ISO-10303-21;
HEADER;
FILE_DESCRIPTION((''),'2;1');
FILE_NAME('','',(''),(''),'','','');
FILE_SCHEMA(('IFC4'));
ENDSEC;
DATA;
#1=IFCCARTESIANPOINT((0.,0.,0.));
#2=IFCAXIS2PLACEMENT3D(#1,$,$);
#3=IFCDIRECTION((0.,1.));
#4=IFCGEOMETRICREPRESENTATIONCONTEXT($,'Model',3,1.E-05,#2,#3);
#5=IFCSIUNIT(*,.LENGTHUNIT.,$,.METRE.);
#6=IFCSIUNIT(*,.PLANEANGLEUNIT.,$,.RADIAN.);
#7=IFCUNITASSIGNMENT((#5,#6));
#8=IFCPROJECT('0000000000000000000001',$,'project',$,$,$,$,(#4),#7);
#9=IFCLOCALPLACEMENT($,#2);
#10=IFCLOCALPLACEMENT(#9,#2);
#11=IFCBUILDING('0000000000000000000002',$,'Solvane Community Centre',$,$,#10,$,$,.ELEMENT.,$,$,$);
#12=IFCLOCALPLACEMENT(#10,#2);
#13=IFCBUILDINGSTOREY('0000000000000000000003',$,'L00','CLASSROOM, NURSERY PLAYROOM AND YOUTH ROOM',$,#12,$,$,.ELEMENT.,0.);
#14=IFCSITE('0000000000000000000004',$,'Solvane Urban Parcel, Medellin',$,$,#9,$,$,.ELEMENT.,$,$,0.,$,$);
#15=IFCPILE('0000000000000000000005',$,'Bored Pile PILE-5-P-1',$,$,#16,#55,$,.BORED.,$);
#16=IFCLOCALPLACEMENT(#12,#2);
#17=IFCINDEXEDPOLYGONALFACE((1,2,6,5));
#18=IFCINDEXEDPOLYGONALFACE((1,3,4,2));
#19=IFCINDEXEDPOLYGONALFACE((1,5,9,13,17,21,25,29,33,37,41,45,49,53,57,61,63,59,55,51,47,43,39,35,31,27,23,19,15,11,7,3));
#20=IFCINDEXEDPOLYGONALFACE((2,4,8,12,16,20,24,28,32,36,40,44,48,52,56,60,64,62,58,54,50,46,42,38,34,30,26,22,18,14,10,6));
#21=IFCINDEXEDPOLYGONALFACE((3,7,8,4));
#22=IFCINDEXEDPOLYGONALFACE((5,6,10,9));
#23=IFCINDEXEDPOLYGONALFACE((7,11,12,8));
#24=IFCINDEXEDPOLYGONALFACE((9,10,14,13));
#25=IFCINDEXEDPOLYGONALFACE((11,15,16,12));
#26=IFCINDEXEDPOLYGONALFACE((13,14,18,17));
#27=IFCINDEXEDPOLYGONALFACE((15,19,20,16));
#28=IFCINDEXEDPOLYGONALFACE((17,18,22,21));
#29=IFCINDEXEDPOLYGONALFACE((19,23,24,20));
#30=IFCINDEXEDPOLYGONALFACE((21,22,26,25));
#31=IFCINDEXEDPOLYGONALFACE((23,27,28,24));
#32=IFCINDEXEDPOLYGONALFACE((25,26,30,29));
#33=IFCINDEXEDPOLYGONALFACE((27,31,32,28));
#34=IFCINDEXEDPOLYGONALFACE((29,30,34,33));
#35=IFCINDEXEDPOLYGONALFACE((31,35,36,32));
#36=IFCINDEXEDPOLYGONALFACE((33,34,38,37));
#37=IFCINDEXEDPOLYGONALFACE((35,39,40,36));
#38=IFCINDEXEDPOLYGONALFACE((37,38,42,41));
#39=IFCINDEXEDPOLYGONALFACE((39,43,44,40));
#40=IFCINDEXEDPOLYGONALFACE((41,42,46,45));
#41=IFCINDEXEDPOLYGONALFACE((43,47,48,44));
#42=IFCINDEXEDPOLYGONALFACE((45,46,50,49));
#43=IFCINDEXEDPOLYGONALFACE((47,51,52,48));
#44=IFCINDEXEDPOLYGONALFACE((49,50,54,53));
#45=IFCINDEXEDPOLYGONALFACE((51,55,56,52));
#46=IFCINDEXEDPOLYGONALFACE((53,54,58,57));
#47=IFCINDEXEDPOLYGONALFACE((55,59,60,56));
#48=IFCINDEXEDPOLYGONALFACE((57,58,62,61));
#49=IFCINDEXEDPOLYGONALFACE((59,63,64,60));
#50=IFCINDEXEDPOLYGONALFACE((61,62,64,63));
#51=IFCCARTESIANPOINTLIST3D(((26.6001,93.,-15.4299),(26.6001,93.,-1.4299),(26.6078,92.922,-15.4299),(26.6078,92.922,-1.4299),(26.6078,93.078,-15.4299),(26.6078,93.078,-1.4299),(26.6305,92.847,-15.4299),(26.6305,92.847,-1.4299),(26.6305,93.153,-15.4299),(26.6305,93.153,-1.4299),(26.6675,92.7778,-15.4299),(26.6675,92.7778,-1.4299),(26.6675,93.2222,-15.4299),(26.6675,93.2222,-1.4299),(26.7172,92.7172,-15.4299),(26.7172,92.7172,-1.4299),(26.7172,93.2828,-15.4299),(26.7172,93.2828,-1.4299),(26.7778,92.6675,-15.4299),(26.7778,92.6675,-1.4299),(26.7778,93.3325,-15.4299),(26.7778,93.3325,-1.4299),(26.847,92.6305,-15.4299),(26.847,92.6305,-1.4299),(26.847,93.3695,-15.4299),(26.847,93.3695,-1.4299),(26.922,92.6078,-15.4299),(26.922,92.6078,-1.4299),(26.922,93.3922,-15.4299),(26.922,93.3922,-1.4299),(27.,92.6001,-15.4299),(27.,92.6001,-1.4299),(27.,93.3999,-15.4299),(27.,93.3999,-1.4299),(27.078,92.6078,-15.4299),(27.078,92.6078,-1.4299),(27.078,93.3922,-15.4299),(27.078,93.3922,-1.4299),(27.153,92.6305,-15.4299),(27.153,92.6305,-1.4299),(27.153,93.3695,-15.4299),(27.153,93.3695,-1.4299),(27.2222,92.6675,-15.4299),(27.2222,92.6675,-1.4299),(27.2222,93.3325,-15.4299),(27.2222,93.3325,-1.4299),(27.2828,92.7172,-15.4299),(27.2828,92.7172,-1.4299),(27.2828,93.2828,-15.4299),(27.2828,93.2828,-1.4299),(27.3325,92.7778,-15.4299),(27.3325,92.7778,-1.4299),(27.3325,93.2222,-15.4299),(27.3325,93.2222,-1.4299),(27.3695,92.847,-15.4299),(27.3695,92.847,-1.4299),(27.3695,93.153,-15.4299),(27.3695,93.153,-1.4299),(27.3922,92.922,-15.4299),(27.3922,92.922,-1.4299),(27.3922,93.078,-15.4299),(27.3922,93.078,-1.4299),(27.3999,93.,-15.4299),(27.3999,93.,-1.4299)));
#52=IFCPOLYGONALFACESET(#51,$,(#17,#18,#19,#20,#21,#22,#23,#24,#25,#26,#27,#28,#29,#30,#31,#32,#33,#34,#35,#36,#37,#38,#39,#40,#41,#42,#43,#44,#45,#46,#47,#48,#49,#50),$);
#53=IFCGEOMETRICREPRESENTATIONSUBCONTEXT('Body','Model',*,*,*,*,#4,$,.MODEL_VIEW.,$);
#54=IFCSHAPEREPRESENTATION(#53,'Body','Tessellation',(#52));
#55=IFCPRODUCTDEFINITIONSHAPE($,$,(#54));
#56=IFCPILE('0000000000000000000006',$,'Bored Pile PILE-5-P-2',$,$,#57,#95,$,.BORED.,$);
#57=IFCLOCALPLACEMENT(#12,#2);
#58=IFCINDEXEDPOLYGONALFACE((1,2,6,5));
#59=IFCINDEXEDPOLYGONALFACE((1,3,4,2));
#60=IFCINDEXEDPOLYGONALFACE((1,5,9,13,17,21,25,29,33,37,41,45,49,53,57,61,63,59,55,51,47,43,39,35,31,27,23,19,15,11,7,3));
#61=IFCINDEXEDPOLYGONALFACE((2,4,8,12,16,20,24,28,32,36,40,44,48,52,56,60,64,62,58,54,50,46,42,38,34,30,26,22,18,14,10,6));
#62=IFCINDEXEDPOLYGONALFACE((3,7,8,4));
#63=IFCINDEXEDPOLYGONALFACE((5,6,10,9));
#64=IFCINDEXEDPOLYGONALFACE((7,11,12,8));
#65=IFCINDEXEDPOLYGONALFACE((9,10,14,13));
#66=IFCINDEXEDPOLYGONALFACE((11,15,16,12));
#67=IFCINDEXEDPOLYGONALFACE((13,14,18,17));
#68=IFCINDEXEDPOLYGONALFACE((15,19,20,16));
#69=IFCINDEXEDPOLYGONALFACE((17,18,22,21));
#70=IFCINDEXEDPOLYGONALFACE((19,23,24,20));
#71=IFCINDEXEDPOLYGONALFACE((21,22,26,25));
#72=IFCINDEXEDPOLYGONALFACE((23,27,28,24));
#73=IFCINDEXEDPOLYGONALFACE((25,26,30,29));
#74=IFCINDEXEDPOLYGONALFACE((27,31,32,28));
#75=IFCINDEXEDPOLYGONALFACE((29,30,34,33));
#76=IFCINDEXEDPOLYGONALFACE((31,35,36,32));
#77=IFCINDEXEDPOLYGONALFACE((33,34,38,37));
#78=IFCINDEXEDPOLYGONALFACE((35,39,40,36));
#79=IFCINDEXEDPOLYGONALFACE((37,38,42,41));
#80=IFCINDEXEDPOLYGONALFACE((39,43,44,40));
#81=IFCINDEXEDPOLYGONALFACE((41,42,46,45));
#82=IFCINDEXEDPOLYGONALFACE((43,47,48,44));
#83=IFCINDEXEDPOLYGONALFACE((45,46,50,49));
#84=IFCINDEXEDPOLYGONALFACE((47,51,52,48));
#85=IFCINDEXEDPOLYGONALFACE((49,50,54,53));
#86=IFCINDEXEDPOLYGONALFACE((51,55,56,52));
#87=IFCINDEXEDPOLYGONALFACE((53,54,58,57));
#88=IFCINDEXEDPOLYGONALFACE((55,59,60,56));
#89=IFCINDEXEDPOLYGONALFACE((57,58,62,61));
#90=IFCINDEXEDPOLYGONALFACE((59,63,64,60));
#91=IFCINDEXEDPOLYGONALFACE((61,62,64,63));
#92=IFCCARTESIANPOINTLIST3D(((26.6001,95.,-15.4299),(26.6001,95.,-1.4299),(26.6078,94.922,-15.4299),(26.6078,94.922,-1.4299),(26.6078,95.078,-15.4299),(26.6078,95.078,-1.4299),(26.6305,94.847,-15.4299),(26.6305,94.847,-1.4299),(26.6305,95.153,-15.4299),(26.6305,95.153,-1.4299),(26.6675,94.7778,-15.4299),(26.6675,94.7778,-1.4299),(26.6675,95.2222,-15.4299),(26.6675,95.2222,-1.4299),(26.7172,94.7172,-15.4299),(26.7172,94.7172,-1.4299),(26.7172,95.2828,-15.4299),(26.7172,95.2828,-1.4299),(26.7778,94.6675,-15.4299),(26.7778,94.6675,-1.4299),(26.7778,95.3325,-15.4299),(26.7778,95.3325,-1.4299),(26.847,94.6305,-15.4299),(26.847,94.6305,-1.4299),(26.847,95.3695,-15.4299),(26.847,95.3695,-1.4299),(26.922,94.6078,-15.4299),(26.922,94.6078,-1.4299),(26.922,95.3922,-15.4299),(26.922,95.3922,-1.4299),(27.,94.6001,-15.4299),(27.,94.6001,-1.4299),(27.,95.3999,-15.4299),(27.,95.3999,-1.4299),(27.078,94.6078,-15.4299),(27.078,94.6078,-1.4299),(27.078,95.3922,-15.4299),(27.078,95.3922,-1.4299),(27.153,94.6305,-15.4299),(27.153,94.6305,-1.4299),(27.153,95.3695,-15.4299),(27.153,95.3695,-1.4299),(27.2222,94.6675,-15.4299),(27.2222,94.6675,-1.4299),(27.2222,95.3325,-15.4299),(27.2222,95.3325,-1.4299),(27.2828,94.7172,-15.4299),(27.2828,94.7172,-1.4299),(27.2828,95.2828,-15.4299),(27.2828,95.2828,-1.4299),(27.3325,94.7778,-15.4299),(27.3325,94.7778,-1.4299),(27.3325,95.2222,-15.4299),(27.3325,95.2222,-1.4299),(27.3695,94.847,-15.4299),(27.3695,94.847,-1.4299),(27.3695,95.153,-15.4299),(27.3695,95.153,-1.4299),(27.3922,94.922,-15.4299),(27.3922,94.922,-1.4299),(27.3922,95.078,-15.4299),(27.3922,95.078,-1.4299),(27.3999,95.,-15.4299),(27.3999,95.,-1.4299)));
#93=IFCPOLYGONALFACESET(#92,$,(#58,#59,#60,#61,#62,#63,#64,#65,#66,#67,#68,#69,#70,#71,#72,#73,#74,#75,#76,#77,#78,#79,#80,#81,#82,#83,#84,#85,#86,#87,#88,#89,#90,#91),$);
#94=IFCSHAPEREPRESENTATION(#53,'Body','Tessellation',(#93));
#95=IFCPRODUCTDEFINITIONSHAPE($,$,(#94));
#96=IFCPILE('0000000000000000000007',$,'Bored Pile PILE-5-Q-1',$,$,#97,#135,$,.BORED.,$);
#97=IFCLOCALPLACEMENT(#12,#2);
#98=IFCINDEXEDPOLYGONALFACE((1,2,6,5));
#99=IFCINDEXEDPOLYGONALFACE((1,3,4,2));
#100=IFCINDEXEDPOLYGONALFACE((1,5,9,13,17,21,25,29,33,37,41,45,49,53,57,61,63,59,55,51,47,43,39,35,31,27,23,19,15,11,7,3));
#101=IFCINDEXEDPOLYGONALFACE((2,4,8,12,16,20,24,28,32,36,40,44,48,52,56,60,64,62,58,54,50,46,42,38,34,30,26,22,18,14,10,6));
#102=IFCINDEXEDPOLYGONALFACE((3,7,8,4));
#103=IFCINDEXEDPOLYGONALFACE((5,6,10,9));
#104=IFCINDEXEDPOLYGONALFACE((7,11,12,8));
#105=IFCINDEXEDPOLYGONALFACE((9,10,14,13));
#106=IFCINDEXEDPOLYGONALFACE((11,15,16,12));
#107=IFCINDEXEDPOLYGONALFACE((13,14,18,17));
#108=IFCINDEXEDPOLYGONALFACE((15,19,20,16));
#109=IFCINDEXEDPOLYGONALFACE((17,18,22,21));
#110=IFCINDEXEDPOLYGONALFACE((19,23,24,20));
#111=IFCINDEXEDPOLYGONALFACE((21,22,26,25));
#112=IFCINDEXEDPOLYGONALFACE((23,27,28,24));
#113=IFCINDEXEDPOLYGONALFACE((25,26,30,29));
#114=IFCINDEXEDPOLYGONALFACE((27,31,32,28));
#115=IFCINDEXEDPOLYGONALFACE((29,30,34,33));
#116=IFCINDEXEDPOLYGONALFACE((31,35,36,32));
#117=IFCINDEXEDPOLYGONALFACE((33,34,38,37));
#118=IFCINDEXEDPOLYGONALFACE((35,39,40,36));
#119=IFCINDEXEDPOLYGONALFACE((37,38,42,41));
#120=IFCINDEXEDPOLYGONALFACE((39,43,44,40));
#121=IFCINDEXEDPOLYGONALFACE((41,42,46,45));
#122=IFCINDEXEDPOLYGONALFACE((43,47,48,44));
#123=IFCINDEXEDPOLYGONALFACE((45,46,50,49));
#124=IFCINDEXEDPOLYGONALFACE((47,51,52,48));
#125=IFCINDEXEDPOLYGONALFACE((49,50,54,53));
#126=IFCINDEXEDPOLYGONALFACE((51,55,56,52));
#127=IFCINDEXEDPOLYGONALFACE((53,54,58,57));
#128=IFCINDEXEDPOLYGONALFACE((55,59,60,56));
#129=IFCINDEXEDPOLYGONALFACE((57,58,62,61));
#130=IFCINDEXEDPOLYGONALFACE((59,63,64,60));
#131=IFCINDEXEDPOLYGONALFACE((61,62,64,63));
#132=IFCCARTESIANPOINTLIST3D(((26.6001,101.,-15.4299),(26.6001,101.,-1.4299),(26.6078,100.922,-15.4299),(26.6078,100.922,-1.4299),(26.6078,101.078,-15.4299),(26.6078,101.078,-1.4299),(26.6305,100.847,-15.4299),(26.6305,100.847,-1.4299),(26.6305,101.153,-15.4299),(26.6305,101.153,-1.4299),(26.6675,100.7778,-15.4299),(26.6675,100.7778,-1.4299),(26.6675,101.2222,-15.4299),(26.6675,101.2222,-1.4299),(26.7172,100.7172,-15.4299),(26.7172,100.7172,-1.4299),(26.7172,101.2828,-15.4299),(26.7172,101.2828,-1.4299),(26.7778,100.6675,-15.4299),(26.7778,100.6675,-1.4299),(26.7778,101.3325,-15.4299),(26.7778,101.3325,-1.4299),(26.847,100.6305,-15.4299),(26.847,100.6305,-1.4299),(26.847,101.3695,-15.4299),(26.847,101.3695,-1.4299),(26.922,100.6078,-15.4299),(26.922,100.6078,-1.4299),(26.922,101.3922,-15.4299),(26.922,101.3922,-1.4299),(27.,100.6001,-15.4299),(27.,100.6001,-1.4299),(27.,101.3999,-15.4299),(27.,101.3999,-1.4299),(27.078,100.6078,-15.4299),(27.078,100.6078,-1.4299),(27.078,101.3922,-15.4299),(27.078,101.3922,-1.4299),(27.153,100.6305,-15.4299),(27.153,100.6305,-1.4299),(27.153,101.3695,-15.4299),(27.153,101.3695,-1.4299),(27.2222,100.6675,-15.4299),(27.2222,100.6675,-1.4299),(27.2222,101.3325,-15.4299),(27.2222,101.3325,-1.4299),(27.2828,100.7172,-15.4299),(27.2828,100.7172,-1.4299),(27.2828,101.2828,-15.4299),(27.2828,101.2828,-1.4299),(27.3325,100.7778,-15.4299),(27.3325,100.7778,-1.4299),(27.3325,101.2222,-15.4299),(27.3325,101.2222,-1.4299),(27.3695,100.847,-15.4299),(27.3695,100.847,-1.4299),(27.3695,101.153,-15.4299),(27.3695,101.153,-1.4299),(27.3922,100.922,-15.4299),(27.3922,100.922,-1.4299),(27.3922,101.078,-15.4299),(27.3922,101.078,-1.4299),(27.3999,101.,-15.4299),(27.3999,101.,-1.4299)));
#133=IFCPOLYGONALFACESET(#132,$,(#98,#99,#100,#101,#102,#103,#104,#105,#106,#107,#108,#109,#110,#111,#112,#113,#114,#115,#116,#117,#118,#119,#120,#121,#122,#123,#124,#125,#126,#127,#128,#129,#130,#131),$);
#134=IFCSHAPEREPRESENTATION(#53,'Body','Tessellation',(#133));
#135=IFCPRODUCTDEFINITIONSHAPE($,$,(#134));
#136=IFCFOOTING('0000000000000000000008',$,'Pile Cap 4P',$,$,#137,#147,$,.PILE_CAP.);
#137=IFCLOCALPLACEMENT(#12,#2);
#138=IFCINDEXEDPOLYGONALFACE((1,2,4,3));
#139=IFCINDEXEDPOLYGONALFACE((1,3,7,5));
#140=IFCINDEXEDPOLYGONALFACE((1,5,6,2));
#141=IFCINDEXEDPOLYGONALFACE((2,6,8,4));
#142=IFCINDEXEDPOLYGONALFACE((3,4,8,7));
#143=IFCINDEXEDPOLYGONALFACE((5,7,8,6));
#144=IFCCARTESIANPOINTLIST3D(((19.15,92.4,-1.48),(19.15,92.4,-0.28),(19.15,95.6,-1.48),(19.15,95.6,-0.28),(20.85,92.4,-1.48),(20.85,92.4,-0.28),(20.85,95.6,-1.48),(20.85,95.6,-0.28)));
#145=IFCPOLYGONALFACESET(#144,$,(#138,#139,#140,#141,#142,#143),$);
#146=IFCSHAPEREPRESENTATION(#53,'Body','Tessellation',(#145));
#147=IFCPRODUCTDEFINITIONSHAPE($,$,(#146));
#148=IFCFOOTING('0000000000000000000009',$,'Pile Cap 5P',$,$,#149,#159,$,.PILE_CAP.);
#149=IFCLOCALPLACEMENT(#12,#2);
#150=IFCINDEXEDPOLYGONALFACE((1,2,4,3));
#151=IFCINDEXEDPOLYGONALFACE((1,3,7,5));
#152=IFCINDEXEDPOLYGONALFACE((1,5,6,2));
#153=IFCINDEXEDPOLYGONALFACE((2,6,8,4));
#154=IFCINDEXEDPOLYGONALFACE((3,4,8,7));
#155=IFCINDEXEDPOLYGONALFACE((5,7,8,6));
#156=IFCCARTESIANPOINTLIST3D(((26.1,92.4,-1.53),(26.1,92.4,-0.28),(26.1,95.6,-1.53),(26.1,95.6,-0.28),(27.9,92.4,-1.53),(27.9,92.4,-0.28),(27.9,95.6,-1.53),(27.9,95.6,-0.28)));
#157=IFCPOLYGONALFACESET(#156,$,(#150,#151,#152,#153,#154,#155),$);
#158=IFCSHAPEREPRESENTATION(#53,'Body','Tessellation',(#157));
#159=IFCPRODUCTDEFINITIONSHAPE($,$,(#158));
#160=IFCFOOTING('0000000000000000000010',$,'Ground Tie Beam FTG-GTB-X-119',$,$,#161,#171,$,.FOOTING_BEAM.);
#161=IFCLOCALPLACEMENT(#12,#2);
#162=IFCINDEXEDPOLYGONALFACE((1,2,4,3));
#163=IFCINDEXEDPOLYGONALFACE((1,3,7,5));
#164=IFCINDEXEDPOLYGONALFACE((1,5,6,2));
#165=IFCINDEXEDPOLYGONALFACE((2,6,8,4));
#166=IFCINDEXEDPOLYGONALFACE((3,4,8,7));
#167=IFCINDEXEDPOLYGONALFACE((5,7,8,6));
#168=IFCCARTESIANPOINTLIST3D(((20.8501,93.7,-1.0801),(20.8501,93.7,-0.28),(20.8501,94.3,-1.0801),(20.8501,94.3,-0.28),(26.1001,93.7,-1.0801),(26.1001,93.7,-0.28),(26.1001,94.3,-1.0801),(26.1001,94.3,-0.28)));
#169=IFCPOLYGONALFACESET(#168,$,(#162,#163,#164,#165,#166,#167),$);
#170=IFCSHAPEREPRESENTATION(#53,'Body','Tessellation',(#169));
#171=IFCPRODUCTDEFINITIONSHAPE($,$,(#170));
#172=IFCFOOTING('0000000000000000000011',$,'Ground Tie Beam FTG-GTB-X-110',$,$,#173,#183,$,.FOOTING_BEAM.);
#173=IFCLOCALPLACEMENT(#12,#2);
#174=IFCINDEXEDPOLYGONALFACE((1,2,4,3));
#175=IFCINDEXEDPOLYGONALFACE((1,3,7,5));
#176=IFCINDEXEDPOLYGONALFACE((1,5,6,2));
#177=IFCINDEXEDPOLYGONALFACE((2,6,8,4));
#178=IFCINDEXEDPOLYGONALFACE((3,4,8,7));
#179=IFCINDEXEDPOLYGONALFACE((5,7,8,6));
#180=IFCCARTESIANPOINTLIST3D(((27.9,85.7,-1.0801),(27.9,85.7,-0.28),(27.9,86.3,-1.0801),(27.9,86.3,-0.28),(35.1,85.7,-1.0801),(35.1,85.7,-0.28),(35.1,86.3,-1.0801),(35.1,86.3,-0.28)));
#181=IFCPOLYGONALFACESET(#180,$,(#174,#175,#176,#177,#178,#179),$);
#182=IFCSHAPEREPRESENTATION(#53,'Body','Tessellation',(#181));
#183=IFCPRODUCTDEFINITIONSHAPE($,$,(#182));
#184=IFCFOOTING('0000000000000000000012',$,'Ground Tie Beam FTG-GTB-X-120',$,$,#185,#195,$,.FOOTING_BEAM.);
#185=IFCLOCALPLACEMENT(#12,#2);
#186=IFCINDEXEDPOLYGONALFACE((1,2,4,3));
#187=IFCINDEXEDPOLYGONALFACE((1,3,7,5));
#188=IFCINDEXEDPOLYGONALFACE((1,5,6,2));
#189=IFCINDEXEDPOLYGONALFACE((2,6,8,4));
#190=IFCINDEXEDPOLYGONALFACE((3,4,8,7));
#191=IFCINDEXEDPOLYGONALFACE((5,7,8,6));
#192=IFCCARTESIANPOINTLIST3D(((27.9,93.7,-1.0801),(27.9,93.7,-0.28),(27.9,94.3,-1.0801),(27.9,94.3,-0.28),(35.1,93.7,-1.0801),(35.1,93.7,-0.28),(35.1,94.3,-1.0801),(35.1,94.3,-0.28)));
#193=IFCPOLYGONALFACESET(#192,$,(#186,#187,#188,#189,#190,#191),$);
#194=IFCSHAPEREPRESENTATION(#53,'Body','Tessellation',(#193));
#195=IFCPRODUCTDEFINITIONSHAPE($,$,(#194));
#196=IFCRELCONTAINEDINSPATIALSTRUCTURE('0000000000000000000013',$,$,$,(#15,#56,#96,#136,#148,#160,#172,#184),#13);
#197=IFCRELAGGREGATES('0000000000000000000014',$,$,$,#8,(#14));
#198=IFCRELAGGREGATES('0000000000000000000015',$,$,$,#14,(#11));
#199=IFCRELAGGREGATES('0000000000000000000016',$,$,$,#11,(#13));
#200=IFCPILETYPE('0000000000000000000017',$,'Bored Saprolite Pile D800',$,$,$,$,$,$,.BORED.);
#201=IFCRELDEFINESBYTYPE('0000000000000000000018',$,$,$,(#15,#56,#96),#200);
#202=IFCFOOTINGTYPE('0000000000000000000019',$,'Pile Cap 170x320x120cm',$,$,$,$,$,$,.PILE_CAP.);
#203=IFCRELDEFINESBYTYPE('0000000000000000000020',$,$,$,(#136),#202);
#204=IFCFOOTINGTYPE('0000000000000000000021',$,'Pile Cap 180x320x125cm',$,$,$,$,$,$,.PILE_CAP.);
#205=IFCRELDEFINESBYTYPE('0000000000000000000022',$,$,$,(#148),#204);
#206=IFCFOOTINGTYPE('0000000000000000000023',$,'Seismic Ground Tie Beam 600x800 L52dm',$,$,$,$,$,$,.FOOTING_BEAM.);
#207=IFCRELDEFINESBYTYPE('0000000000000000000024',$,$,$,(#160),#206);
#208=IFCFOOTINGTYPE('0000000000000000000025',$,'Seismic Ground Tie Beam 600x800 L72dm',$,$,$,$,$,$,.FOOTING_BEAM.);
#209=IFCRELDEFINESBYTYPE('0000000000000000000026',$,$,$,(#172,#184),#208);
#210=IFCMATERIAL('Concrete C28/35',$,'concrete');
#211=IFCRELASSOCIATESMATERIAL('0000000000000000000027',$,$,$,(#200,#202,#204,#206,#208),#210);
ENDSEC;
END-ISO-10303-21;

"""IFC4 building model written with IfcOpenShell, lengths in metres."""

from ifc_helpers import new_model, si_unit, direction, frame, origin, origin_2d, place, context, subcontext, project, spatial, rectangle, circle, extrude, material, material_profile, profile_set, type_object, element, save


model = new_model("IFC4")

# Units and contexts
model_context = context("Model", 3, precision=1e-05, world=origin(), true_north=direction((0.0, 1.0)))
body_context = subcontext(model_context, "Body", "Model", "MODEL_VIEW")
ifc_project = project(units=[si_unit("LENGTHUNIT", "METRE"), si_unit("PLANEANGLEUNIT", "RADIAN")], contexts=[model_context])

# Site, building, storey
site_placement = place(None, origin())
site = spatial("IfcSite", under=ifc_project, at=site_placement, Name="Solvane Urban Parcel, Medellin", CompositionType="ELEMENT", RefElevation=0.0)
building_placement = place(site_placement, origin())
building = spatial("IfcBuilding", under=site, at=building_placement, Name="Solvane Community Centre", CompositionType="ELEMENT")
storey_placement = place(building_placement, origin())
storey = spatial("IfcBuildingStorey", under=building, at=storey_placement, Name="L00", Description="CLASSROOM, NURSERY PLAYROOM AND YOUTH ROOM", CompositionType="ELEMENT", Elevation=0.0)

# Piles
ifc_material_1 = material(Name="Concrete C28/35", Category="concrete")
ifc_material_profile_1 = material_profile(ifc_material_1, circle(Radius=0.3999, at=origin_2d()), Name="PILE D800")
ifc_profile_set_1 = profile_set([ifc_material_profile_1], Name="Concrete C28/35")
pile_type = type_object("IfcPileType", Name="Bored Saprolite Pile D800", PredefinedType="BORED", material=ifc_profile_set_1)
for number, where, z_axis, x_axis, name in (
    (1, (27.0, 93.0, -1.4299), (0.0, 0.0, -1.0), (1.0, 0.0, 0.0), "Bored Pile PILE-5-P-1"),
    (2, (27.0, 95.0, -1.4299), (0.0, 0.0, -1.0), (1.0, 0.0, 0.0), "Bored Pile PILE-5-P-2"),
    (3, (27.0, 101.0, -1.4299), (0.0, 0.0, -1.0), (1.0, 0.0, 0.0), "Bored Pile PILE-5-Q-1"),
):
    element("IfcPile", number, at=place(storey_placement, frame(where, z_axis=z_axis, x_axis=x_axis)), inside=storey, type_object=pile_type, Name=name, PredefinedType="BORED", context=body_context, shape_type="SweptSolid", body=[
        extrude(circle(Radius=0.3999, at=origin_2d()), origin(), (0.0, 0.0, 1.0), 14.0),
    ])

# Footings
footing_type_1 = type_object("IfcFootingType", Name="Pile Cap 170x320x120cm", PredefinedType="PILE_CAP", material=ifc_material_1)
footing_1_placement = place(storey_placement, frame((20.0, 94.0, -1.48), z_axis=(0.0, 0.0, 1.0), x_axis=(1.0, 0.0, 0.0)))
element("IfcFooting", 4, at=footing_1_placement, inside=storey, type_object=footing_type_1, Name="Pile Cap 4P", PredefinedType="PILE_CAP", context=body_context, shape_type="SweptSolid", body=[
    extrude(rectangle(XDim=1.7, YDim=3.2, at=origin_2d()), origin(), (0.0, 0.0, 1.0), 1.2),
])
footing_type_2 = type_object("IfcFootingType", Name="Pile Cap 180x320x125cm", PredefinedType="PILE_CAP", material=ifc_material_1)
footing_2_placement = place(storey_placement, frame((27.0, 94.0, -1.53), z_axis=(0.0, 0.0, 1.0), x_axis=(1.0, 0.0, 0.0)))
element("IfcFooting", 5, at=footing_2_placement, inside=storey, type_object=footing_type_2, Name="Pile Cap 5P", PredefinedType="PILE_CAP", context=body_context, shape_type="SweptSolid", body=[
    extrude(rectangle(XDim=1.8, YDim=3.2, at=origin_2d()), origin(), (0.0, 0.0, 1.0), 1.25),
])
footing_type_3 = type_object("IfcFootingType", Name="Seismic Ground Tie Beam 600x800 L52dm", PredefinedType="FOOTING_BEAM", material=ifc_material_1)
footing_3_placement = place(storey_placement, frame((23.4751, 94.0, -1.0801), z_axis=(0.0, 0.0, 1.0), x_axis=(1.0, 0.0, 0.0)))
element("IfcFooting", 6, at=footing_3_placement, inside=storey, type_object=footing_type_3, Name="Ground Tie Beam FTG-GTB-X-119", PredefinedType="FOOTING_BEAM", context=body_context, shape_type="SweptSolid", body=[
    extrude(rectangle(XDim=5.25, YDim=0.6001, at=origin_2d()), origin(), (0.0, 0.0, 1.0), 0.8),
])
footing_type_4 = type_object("IfcFootingType", Name="Seismic Ground Tie Beam 600x800 L72dm", PredefinedType="FOOTING_BEAM", material=ifc_material_1)
for number, where, z_axis, x_axis, name in (
    (7, (31.5, 86.0, -1.0801), (0.0, 0.0, 1.0), (1.0, 0.0, 0.0), "Ground Tie Beam FTG-GTB-X-110"),
    (8, (31.5, 94.0, -1.0801), (0.0, 0.0, 1.0), (1.0, 0.0, 0.0), "Ground Tie Beam FTG-GTB-X-120"),
):
    element("IfcFooting", number, at=place(storey_placement, frame(where, z_axis=z_axis, x_axis=x_axis)), inside=storey, type_object=footing_type_4, Name=name, PredefinedType="FOOTING_BEAM", context=body_context, shape_type="SweptSolid", body=[
        extrude(rectangle(XDim=7.2, YDim=0.6001, at=origin_2d()), origin(), (0.0, 0.0, 1.0), 0.8),
    ])

save(model, "model.ifc")
